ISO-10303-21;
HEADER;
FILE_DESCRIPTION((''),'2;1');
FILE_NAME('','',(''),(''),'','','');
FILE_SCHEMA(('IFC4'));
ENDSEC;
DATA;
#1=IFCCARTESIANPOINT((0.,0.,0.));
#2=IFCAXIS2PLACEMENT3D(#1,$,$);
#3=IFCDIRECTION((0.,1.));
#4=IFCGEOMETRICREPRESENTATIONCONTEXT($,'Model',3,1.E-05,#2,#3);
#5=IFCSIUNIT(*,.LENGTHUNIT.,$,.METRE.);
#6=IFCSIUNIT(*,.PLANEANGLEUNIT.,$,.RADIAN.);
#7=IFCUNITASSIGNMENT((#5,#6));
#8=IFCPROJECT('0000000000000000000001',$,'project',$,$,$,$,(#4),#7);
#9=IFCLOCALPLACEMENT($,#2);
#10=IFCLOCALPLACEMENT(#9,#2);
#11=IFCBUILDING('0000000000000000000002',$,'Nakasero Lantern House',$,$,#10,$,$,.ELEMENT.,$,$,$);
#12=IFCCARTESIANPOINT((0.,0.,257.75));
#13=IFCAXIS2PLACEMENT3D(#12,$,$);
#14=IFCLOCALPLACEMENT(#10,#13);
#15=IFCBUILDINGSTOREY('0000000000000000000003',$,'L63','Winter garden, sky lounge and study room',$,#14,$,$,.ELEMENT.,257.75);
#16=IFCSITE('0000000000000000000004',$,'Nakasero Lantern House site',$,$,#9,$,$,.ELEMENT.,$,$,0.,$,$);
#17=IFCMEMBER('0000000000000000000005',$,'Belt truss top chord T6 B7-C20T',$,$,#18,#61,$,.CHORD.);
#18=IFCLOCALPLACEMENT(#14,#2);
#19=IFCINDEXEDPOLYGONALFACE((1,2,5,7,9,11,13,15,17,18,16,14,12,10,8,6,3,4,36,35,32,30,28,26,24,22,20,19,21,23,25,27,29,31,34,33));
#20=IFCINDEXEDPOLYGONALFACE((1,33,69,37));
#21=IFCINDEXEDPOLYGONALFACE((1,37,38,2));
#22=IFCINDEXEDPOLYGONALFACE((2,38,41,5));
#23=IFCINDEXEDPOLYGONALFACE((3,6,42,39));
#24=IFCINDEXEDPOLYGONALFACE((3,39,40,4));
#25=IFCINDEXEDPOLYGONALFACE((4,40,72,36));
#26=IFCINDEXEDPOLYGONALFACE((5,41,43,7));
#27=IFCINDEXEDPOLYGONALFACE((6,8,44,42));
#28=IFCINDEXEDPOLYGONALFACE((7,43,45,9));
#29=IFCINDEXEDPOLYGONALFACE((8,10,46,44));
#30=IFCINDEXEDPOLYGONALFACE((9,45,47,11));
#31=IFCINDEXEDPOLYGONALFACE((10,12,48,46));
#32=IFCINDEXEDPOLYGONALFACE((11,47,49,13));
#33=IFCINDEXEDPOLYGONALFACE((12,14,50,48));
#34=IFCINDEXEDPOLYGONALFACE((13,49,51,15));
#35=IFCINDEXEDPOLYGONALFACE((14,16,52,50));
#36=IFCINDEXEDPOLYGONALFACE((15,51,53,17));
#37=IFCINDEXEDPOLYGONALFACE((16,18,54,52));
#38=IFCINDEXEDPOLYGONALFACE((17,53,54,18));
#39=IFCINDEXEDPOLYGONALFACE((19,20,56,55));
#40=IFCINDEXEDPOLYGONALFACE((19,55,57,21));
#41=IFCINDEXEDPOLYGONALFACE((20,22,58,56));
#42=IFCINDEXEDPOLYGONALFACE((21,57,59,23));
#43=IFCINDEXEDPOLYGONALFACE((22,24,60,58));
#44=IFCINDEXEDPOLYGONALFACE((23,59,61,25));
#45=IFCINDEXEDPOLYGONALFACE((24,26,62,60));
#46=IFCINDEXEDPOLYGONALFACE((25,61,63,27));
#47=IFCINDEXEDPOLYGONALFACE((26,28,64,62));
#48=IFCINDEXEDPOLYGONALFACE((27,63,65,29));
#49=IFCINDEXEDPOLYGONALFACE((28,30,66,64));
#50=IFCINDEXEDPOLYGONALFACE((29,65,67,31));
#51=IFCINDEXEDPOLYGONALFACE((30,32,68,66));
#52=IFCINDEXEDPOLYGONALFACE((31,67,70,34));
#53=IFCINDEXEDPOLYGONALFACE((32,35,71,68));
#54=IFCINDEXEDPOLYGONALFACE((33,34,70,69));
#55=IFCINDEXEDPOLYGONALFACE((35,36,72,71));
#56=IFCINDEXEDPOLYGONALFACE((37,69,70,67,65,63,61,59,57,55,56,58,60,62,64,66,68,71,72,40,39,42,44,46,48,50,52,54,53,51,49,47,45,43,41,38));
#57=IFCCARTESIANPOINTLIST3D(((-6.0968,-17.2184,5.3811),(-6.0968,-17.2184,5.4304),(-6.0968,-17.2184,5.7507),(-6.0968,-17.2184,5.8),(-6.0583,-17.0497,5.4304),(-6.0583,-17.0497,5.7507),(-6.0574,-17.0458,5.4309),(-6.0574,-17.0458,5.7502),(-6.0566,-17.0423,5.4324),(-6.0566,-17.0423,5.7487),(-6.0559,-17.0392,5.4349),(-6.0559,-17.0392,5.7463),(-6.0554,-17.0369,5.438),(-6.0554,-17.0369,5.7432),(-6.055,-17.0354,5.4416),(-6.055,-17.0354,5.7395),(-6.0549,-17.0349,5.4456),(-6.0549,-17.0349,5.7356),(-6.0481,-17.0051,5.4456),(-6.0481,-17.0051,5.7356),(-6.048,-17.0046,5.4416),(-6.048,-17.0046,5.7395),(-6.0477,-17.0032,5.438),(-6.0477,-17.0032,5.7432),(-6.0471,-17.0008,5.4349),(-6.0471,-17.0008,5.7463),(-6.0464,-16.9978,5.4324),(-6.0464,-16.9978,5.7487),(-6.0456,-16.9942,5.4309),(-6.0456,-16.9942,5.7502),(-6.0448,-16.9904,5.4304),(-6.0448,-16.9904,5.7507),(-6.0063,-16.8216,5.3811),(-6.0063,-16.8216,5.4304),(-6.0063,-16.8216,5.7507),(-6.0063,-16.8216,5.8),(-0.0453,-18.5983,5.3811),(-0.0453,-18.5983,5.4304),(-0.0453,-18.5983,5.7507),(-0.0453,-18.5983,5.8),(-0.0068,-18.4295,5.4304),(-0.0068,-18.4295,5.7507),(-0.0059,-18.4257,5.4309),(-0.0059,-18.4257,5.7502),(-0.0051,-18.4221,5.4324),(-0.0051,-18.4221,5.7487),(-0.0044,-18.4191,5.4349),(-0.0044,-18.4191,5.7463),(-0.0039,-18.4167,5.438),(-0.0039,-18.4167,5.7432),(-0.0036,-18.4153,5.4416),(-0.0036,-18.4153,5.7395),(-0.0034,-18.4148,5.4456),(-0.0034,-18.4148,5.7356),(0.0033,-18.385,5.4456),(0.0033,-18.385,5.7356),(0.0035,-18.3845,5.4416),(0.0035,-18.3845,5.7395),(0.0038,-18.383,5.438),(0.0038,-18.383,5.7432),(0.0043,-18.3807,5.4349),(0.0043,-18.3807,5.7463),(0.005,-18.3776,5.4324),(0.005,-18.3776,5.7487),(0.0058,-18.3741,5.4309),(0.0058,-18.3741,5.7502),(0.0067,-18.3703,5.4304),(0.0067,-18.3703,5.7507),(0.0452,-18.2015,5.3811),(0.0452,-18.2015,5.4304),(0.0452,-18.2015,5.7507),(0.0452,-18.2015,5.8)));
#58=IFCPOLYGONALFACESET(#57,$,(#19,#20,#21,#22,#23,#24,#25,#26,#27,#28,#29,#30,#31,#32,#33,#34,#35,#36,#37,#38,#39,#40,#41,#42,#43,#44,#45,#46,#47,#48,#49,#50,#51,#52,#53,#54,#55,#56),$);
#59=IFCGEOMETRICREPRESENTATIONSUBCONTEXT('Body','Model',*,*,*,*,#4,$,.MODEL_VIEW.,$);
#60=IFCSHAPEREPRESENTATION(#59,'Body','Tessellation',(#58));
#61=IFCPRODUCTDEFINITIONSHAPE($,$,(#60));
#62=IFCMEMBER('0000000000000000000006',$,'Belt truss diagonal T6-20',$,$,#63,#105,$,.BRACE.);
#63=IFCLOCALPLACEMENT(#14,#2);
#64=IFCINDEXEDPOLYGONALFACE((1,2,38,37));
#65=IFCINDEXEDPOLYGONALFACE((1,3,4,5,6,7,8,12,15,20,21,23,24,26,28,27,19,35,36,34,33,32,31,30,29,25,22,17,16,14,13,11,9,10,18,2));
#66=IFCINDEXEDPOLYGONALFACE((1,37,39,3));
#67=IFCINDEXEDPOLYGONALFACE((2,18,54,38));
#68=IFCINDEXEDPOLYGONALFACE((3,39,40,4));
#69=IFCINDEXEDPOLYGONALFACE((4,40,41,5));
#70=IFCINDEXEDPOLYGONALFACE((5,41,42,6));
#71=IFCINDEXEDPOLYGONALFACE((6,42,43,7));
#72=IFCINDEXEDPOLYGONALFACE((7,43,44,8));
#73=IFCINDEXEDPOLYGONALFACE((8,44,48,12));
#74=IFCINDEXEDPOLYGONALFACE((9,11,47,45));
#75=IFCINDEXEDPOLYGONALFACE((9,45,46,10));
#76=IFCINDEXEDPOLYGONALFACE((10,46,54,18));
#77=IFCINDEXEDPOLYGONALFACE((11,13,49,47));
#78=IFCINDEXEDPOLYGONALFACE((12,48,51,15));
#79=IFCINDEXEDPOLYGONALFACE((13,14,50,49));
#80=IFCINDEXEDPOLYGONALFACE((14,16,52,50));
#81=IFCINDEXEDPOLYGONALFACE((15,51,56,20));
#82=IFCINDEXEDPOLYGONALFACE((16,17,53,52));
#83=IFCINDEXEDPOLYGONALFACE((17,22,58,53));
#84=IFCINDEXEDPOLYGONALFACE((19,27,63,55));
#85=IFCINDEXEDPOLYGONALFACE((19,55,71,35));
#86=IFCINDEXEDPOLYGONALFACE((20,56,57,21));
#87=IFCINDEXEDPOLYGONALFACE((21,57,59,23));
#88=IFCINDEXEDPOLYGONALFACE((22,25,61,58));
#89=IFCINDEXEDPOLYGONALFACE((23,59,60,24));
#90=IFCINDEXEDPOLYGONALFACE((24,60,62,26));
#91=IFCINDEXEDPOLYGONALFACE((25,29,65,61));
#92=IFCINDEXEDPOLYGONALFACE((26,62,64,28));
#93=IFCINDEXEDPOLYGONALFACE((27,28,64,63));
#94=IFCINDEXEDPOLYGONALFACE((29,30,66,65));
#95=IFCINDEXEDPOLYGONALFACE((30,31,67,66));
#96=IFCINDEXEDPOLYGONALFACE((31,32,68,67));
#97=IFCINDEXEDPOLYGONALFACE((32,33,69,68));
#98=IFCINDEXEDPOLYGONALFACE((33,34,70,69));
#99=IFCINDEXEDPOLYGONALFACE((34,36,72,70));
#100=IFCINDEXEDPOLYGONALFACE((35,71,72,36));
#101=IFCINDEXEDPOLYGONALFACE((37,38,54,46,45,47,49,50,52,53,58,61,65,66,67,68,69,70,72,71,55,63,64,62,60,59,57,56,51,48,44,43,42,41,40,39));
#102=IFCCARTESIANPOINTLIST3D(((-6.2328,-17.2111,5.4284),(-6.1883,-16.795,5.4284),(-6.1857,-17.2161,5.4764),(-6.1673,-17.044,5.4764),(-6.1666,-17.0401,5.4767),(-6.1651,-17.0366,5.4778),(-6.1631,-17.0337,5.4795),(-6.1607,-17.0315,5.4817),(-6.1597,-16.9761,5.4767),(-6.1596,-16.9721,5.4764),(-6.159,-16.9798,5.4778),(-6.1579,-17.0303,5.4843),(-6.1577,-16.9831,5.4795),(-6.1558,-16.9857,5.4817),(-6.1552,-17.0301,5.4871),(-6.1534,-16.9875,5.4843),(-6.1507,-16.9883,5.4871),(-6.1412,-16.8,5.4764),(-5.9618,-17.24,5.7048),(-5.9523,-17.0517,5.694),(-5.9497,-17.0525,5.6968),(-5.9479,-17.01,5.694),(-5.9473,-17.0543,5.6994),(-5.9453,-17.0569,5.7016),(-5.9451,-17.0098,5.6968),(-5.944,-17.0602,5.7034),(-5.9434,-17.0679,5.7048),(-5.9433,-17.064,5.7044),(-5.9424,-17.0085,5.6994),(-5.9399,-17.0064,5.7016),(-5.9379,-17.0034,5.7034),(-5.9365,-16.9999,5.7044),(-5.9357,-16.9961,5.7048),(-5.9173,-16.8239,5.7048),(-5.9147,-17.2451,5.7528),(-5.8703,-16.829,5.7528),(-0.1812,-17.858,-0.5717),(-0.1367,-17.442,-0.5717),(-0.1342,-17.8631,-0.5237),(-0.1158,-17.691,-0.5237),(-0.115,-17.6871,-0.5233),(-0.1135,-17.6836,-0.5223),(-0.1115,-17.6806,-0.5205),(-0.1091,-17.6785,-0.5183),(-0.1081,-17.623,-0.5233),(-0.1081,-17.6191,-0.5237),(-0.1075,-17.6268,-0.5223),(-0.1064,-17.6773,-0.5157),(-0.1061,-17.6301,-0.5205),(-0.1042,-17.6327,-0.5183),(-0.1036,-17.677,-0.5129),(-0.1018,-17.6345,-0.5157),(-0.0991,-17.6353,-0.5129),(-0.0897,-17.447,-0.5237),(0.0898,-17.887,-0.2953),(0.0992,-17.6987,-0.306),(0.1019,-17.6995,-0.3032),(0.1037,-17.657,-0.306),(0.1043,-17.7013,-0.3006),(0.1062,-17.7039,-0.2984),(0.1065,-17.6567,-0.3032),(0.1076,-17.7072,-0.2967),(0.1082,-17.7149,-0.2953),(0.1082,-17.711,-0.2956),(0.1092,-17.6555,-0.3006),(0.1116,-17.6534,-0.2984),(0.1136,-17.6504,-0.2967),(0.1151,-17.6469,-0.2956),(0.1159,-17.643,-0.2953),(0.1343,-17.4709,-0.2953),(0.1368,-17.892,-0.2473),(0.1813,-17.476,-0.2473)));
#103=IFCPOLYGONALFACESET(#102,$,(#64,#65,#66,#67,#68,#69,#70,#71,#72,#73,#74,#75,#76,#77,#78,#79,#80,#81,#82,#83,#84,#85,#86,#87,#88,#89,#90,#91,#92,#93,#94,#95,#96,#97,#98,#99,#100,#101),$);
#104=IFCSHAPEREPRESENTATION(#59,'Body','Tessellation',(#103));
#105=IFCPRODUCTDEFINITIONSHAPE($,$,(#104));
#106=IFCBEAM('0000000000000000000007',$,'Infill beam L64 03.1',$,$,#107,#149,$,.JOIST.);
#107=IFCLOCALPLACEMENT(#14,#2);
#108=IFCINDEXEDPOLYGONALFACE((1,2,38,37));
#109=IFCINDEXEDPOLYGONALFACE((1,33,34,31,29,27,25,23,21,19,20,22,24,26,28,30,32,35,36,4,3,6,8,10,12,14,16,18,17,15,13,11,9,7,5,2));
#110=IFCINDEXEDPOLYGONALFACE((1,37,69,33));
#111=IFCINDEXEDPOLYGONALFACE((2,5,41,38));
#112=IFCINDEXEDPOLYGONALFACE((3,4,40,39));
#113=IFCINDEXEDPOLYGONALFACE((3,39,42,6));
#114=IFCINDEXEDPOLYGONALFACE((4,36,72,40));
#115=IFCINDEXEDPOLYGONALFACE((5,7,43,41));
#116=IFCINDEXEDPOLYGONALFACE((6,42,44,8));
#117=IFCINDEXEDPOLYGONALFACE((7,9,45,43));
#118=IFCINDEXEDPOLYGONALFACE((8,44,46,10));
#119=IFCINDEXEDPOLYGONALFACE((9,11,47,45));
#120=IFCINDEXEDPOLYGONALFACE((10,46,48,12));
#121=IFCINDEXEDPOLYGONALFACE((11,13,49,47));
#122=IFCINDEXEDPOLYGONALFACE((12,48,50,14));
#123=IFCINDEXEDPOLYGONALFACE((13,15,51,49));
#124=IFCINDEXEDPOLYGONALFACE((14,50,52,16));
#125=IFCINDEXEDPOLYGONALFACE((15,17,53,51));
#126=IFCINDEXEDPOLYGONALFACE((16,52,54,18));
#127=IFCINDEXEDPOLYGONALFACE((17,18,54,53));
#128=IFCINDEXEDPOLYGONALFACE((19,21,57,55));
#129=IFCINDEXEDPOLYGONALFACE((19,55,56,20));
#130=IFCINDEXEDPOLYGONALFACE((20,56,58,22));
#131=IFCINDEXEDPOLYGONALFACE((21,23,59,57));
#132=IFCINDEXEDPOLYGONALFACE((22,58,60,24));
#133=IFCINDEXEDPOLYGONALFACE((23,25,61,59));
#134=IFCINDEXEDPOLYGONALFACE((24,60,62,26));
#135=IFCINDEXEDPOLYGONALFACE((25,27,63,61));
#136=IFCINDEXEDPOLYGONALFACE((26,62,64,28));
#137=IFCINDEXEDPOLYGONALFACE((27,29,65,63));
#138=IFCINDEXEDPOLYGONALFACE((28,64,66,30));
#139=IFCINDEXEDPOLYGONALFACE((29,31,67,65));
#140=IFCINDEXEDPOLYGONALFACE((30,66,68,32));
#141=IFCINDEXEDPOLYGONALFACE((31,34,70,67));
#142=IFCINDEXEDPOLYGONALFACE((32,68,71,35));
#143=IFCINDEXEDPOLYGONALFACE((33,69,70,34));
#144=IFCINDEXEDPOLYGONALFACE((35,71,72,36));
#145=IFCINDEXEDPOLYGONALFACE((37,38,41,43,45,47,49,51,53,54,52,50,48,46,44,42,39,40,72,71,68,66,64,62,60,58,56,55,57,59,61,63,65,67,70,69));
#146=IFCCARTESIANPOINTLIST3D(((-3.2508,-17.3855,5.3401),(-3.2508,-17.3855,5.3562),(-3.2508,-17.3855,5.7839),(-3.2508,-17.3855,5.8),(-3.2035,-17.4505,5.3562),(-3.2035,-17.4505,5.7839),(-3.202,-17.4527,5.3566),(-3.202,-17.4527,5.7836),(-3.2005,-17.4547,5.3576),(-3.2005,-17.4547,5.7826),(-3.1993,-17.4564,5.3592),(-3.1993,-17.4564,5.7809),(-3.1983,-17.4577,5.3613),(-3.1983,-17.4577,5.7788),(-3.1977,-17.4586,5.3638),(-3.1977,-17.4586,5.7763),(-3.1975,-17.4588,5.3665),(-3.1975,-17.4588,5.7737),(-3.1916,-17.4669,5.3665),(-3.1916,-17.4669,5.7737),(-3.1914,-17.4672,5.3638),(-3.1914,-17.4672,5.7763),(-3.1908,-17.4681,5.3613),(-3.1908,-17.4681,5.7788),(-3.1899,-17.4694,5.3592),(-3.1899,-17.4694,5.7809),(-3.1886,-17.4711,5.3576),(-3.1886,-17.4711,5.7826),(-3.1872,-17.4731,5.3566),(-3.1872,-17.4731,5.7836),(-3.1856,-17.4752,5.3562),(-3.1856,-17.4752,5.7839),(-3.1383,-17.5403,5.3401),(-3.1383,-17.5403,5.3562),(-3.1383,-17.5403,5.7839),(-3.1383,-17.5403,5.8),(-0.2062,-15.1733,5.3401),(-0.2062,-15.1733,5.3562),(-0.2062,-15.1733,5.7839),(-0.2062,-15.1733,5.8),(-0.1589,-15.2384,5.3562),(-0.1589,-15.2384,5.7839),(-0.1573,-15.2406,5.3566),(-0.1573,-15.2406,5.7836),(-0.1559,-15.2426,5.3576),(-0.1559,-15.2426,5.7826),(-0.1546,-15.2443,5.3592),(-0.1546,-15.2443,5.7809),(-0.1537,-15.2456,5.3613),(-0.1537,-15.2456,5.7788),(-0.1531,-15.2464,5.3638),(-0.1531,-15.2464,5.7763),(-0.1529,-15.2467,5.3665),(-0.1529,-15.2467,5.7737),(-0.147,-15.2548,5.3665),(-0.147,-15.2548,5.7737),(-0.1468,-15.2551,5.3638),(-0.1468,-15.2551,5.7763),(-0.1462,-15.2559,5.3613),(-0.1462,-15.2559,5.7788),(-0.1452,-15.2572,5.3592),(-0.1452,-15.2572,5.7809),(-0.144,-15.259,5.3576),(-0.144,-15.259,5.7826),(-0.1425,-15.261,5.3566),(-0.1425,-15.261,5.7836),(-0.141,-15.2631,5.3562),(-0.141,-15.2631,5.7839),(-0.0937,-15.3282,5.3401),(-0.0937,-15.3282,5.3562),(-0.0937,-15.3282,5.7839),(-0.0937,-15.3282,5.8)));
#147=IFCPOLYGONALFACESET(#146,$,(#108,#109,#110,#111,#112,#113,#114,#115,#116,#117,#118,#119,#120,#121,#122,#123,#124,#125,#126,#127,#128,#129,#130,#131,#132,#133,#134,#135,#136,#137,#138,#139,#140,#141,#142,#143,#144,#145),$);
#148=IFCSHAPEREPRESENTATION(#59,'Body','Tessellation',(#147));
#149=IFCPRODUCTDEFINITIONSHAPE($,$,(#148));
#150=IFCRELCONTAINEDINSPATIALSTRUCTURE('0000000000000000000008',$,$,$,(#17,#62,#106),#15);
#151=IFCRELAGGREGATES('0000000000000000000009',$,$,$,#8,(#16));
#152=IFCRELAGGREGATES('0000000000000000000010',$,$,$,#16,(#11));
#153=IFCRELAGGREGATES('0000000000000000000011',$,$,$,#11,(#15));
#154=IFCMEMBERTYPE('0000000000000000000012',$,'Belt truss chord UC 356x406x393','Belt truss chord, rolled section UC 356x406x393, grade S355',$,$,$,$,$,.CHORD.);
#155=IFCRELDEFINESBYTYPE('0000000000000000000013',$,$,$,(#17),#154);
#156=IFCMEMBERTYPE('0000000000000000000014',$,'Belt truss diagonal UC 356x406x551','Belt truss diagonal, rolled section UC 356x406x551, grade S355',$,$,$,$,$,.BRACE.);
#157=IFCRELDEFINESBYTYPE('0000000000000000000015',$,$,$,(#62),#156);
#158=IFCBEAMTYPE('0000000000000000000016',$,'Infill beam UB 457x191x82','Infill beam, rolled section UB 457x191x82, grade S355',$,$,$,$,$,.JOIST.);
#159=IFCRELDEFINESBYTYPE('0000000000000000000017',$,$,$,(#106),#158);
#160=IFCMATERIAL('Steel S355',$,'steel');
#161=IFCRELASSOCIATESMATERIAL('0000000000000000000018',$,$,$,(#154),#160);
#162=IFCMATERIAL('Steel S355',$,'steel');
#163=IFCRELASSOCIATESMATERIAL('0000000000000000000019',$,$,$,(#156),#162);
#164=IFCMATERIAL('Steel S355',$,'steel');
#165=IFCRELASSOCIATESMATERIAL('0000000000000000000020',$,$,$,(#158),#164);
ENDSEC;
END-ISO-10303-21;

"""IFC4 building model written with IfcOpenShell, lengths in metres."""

from ifc_helpers import new_model, si_unit, direction, frame, origin, origin_2d, place, context, subcontext, project, spatial, i_section, extrude, material, material_profile, profile_set, type_object, element, save


model = new_model("IFC4")

# Units and contexts
model_context = context("Model", 3, precision=1e-05, world=origin(), true_north=direction((0.0, 1.0)))
body_context = subcontext(model_context, "Body", "Model", "MODEL_VIEW")
ifc_project = project(units=[si_unit("LENGTHUNIT", "METRE"), si_unit("PLANEANGLEUNIT", "RADIAN")], contexts=[model_context])

# Site, building, storey
site_placement = place(None, origin())
site = spatial("IfcSite", under=ifc_project, at=site_placement, Name="Nakasero Lantern House site", CompositionType="ELEMENT", RefElevation=0.0)
building_placement = place(site_placement, origin())
building = spatial("IfcBuilding", under=site, at=building_placement, Name="Nakasero Lantern House", CompositionType="ELEMENT")
storey_placement = place(building_placement, frame((0.0, 0.0, 257.75)))
storey = spatial("IfcBuildingStorey", under=building, at=storey_placement, Name="L63", Description="Winter garden, sky lounge and study room", CompositionType="ELEMENT", Elevation=257.75)

# Members
ifc_material_1 = material(Name="Steel S355", Category="steel")
ifc_material_profile_1 = material_profile(ifc_material_1, i_section(OverallWidth=0.407, OverallDepth=0.4189, WebThickness=0.0305, FlangeThickness=0.0493, FilletRadius=0.0151, at=origin_2d()), Name="UC 356x406x393")
ifc_profile_set_1 = profile_set([ifc_material_profile_1], Name="Steel S355")
member_type_1 = type_object("IfcMemberType", Name="Belt truss chord UC 356x406x393", Description="Belt truss chord, rolled section UC 356x406x393, grade S355", PredefinedType="CHORD", material=ifc_profile_set_1)
member_1_placement = place(storey_placement, frame((-6.0515, -17.02, 5.5906), z_axis=(0.974975, -0.222316, 0.0), x_axis=(0.222316, 0.974975, 0.0)))
element("IfcMember", 1, at=member_1_placement, inside=storey, type_object=member_type_1, Name="Belt truss top chord T6 B7-C20T", PredefinedType="CHORD", context=body_context, shape_type="SweptSolid", body=[
    extrude(i_section(OverallWidth=0.407, OverallDepth=0.4189, WebThickness=0.0305, FlangeThickness=0.0493, FilletRadius=0.0151, at=origin_2d()), origin(), (0.0, 0.0, 1.0), 6.2068),
])
ifc_material_2 = material(Name="Steel S355", Category="steel")
ifc_material_profile_2 = material_profile(ifc_material_2, i_section(OverallWidth=0.4185, OverallDepth=0.4556, WebThickness=0.042, FlangeThickness=0.0674, FilletRadius=0.0151, at=origin_2d()), Name="UC 356x406x551")
ifc_profile_set_2 = profile_set([ifc_material_profile_2], Name="Steel S355")
member_type_2 = type_object("IfcMemberType", Name="Belt truss diagonal UC 356x406x551", Description="Belt truss diagonal, rolled section UC 356x406x551, grade S355", PredefinedType="BRACE", material=ifc_profile_set_2)
member_2_placement = place(storey_placement, frame((-6.0515, -17.02, 5.5906), z_axis=(0.708085, -0.075702, -0.702057), x_axis=(0.106305, 0.994334, 0.0)))
element("IfcMember", 2, at=member_2_placement, inside=storey, type_object=member_type_2, Name="Belt truss diagonal T6-20", PredefinedType="BRACE", context=body_context, shape_type="SweptSolid", body=[
    extrude(i_section(OverallWidth=0.4185, OverallDepth=0.4556, WebThickness=0.042, FlangeThickness=0.0674, FilletRadius=0.0151, at=origin_2d()), origin(), (0.0, 0.0, 1.0), 8.5464),
])

# Beam
ifc_material_3 = material(Name="Steel S355", Category="steel")
ifc_material_profile_3 = material_profile(ifc_material_3, i_section(OverallWidth=0.1914, OverallDepth=0.46, WebThickness=0.01, FlangeThickness=0.0161, FilletRadius=0.0103, at=origin_2d()), Name="UB 457x191x82")
ifc_profile_set_3 = profile_set([ifc_material_profile_3], Name="Steel S355")
beam_type_1 = type_object("IfcBeamType", Name="Infill beam UB 457x191x82", Description="Infill beam, rolled section UB 457x191x82, grade S355", PredefinedType="JOIST", material=ifc_profile_set_3)
beam_1_placement = place(storey_placement, frame((-3.1946, -17.4629, 5.5701), z_axis=(0.809008, 0.587797, 0.0), x_axis=(-0.587797, 0.809008, 0.0)))
element("IfcBeam", 3, at=beam_1_placement, inside=storey, type_object=beam_type_1, Name="Infill beam L64 03.1", PredefinedType="JOIST", context=body_context, shape_type="SweptSolid", body=[
    extrude(i_section(OverallWidth=0.1914, OverallDepth=0.46, WebThickness=0.01, FlangeThickness=0.0161, FilletRadius=0.0103, at=origin_2d()), origin(), (0.0, 0.0, 1.0), 3.7634),
])

save(model, "model.ifc")
